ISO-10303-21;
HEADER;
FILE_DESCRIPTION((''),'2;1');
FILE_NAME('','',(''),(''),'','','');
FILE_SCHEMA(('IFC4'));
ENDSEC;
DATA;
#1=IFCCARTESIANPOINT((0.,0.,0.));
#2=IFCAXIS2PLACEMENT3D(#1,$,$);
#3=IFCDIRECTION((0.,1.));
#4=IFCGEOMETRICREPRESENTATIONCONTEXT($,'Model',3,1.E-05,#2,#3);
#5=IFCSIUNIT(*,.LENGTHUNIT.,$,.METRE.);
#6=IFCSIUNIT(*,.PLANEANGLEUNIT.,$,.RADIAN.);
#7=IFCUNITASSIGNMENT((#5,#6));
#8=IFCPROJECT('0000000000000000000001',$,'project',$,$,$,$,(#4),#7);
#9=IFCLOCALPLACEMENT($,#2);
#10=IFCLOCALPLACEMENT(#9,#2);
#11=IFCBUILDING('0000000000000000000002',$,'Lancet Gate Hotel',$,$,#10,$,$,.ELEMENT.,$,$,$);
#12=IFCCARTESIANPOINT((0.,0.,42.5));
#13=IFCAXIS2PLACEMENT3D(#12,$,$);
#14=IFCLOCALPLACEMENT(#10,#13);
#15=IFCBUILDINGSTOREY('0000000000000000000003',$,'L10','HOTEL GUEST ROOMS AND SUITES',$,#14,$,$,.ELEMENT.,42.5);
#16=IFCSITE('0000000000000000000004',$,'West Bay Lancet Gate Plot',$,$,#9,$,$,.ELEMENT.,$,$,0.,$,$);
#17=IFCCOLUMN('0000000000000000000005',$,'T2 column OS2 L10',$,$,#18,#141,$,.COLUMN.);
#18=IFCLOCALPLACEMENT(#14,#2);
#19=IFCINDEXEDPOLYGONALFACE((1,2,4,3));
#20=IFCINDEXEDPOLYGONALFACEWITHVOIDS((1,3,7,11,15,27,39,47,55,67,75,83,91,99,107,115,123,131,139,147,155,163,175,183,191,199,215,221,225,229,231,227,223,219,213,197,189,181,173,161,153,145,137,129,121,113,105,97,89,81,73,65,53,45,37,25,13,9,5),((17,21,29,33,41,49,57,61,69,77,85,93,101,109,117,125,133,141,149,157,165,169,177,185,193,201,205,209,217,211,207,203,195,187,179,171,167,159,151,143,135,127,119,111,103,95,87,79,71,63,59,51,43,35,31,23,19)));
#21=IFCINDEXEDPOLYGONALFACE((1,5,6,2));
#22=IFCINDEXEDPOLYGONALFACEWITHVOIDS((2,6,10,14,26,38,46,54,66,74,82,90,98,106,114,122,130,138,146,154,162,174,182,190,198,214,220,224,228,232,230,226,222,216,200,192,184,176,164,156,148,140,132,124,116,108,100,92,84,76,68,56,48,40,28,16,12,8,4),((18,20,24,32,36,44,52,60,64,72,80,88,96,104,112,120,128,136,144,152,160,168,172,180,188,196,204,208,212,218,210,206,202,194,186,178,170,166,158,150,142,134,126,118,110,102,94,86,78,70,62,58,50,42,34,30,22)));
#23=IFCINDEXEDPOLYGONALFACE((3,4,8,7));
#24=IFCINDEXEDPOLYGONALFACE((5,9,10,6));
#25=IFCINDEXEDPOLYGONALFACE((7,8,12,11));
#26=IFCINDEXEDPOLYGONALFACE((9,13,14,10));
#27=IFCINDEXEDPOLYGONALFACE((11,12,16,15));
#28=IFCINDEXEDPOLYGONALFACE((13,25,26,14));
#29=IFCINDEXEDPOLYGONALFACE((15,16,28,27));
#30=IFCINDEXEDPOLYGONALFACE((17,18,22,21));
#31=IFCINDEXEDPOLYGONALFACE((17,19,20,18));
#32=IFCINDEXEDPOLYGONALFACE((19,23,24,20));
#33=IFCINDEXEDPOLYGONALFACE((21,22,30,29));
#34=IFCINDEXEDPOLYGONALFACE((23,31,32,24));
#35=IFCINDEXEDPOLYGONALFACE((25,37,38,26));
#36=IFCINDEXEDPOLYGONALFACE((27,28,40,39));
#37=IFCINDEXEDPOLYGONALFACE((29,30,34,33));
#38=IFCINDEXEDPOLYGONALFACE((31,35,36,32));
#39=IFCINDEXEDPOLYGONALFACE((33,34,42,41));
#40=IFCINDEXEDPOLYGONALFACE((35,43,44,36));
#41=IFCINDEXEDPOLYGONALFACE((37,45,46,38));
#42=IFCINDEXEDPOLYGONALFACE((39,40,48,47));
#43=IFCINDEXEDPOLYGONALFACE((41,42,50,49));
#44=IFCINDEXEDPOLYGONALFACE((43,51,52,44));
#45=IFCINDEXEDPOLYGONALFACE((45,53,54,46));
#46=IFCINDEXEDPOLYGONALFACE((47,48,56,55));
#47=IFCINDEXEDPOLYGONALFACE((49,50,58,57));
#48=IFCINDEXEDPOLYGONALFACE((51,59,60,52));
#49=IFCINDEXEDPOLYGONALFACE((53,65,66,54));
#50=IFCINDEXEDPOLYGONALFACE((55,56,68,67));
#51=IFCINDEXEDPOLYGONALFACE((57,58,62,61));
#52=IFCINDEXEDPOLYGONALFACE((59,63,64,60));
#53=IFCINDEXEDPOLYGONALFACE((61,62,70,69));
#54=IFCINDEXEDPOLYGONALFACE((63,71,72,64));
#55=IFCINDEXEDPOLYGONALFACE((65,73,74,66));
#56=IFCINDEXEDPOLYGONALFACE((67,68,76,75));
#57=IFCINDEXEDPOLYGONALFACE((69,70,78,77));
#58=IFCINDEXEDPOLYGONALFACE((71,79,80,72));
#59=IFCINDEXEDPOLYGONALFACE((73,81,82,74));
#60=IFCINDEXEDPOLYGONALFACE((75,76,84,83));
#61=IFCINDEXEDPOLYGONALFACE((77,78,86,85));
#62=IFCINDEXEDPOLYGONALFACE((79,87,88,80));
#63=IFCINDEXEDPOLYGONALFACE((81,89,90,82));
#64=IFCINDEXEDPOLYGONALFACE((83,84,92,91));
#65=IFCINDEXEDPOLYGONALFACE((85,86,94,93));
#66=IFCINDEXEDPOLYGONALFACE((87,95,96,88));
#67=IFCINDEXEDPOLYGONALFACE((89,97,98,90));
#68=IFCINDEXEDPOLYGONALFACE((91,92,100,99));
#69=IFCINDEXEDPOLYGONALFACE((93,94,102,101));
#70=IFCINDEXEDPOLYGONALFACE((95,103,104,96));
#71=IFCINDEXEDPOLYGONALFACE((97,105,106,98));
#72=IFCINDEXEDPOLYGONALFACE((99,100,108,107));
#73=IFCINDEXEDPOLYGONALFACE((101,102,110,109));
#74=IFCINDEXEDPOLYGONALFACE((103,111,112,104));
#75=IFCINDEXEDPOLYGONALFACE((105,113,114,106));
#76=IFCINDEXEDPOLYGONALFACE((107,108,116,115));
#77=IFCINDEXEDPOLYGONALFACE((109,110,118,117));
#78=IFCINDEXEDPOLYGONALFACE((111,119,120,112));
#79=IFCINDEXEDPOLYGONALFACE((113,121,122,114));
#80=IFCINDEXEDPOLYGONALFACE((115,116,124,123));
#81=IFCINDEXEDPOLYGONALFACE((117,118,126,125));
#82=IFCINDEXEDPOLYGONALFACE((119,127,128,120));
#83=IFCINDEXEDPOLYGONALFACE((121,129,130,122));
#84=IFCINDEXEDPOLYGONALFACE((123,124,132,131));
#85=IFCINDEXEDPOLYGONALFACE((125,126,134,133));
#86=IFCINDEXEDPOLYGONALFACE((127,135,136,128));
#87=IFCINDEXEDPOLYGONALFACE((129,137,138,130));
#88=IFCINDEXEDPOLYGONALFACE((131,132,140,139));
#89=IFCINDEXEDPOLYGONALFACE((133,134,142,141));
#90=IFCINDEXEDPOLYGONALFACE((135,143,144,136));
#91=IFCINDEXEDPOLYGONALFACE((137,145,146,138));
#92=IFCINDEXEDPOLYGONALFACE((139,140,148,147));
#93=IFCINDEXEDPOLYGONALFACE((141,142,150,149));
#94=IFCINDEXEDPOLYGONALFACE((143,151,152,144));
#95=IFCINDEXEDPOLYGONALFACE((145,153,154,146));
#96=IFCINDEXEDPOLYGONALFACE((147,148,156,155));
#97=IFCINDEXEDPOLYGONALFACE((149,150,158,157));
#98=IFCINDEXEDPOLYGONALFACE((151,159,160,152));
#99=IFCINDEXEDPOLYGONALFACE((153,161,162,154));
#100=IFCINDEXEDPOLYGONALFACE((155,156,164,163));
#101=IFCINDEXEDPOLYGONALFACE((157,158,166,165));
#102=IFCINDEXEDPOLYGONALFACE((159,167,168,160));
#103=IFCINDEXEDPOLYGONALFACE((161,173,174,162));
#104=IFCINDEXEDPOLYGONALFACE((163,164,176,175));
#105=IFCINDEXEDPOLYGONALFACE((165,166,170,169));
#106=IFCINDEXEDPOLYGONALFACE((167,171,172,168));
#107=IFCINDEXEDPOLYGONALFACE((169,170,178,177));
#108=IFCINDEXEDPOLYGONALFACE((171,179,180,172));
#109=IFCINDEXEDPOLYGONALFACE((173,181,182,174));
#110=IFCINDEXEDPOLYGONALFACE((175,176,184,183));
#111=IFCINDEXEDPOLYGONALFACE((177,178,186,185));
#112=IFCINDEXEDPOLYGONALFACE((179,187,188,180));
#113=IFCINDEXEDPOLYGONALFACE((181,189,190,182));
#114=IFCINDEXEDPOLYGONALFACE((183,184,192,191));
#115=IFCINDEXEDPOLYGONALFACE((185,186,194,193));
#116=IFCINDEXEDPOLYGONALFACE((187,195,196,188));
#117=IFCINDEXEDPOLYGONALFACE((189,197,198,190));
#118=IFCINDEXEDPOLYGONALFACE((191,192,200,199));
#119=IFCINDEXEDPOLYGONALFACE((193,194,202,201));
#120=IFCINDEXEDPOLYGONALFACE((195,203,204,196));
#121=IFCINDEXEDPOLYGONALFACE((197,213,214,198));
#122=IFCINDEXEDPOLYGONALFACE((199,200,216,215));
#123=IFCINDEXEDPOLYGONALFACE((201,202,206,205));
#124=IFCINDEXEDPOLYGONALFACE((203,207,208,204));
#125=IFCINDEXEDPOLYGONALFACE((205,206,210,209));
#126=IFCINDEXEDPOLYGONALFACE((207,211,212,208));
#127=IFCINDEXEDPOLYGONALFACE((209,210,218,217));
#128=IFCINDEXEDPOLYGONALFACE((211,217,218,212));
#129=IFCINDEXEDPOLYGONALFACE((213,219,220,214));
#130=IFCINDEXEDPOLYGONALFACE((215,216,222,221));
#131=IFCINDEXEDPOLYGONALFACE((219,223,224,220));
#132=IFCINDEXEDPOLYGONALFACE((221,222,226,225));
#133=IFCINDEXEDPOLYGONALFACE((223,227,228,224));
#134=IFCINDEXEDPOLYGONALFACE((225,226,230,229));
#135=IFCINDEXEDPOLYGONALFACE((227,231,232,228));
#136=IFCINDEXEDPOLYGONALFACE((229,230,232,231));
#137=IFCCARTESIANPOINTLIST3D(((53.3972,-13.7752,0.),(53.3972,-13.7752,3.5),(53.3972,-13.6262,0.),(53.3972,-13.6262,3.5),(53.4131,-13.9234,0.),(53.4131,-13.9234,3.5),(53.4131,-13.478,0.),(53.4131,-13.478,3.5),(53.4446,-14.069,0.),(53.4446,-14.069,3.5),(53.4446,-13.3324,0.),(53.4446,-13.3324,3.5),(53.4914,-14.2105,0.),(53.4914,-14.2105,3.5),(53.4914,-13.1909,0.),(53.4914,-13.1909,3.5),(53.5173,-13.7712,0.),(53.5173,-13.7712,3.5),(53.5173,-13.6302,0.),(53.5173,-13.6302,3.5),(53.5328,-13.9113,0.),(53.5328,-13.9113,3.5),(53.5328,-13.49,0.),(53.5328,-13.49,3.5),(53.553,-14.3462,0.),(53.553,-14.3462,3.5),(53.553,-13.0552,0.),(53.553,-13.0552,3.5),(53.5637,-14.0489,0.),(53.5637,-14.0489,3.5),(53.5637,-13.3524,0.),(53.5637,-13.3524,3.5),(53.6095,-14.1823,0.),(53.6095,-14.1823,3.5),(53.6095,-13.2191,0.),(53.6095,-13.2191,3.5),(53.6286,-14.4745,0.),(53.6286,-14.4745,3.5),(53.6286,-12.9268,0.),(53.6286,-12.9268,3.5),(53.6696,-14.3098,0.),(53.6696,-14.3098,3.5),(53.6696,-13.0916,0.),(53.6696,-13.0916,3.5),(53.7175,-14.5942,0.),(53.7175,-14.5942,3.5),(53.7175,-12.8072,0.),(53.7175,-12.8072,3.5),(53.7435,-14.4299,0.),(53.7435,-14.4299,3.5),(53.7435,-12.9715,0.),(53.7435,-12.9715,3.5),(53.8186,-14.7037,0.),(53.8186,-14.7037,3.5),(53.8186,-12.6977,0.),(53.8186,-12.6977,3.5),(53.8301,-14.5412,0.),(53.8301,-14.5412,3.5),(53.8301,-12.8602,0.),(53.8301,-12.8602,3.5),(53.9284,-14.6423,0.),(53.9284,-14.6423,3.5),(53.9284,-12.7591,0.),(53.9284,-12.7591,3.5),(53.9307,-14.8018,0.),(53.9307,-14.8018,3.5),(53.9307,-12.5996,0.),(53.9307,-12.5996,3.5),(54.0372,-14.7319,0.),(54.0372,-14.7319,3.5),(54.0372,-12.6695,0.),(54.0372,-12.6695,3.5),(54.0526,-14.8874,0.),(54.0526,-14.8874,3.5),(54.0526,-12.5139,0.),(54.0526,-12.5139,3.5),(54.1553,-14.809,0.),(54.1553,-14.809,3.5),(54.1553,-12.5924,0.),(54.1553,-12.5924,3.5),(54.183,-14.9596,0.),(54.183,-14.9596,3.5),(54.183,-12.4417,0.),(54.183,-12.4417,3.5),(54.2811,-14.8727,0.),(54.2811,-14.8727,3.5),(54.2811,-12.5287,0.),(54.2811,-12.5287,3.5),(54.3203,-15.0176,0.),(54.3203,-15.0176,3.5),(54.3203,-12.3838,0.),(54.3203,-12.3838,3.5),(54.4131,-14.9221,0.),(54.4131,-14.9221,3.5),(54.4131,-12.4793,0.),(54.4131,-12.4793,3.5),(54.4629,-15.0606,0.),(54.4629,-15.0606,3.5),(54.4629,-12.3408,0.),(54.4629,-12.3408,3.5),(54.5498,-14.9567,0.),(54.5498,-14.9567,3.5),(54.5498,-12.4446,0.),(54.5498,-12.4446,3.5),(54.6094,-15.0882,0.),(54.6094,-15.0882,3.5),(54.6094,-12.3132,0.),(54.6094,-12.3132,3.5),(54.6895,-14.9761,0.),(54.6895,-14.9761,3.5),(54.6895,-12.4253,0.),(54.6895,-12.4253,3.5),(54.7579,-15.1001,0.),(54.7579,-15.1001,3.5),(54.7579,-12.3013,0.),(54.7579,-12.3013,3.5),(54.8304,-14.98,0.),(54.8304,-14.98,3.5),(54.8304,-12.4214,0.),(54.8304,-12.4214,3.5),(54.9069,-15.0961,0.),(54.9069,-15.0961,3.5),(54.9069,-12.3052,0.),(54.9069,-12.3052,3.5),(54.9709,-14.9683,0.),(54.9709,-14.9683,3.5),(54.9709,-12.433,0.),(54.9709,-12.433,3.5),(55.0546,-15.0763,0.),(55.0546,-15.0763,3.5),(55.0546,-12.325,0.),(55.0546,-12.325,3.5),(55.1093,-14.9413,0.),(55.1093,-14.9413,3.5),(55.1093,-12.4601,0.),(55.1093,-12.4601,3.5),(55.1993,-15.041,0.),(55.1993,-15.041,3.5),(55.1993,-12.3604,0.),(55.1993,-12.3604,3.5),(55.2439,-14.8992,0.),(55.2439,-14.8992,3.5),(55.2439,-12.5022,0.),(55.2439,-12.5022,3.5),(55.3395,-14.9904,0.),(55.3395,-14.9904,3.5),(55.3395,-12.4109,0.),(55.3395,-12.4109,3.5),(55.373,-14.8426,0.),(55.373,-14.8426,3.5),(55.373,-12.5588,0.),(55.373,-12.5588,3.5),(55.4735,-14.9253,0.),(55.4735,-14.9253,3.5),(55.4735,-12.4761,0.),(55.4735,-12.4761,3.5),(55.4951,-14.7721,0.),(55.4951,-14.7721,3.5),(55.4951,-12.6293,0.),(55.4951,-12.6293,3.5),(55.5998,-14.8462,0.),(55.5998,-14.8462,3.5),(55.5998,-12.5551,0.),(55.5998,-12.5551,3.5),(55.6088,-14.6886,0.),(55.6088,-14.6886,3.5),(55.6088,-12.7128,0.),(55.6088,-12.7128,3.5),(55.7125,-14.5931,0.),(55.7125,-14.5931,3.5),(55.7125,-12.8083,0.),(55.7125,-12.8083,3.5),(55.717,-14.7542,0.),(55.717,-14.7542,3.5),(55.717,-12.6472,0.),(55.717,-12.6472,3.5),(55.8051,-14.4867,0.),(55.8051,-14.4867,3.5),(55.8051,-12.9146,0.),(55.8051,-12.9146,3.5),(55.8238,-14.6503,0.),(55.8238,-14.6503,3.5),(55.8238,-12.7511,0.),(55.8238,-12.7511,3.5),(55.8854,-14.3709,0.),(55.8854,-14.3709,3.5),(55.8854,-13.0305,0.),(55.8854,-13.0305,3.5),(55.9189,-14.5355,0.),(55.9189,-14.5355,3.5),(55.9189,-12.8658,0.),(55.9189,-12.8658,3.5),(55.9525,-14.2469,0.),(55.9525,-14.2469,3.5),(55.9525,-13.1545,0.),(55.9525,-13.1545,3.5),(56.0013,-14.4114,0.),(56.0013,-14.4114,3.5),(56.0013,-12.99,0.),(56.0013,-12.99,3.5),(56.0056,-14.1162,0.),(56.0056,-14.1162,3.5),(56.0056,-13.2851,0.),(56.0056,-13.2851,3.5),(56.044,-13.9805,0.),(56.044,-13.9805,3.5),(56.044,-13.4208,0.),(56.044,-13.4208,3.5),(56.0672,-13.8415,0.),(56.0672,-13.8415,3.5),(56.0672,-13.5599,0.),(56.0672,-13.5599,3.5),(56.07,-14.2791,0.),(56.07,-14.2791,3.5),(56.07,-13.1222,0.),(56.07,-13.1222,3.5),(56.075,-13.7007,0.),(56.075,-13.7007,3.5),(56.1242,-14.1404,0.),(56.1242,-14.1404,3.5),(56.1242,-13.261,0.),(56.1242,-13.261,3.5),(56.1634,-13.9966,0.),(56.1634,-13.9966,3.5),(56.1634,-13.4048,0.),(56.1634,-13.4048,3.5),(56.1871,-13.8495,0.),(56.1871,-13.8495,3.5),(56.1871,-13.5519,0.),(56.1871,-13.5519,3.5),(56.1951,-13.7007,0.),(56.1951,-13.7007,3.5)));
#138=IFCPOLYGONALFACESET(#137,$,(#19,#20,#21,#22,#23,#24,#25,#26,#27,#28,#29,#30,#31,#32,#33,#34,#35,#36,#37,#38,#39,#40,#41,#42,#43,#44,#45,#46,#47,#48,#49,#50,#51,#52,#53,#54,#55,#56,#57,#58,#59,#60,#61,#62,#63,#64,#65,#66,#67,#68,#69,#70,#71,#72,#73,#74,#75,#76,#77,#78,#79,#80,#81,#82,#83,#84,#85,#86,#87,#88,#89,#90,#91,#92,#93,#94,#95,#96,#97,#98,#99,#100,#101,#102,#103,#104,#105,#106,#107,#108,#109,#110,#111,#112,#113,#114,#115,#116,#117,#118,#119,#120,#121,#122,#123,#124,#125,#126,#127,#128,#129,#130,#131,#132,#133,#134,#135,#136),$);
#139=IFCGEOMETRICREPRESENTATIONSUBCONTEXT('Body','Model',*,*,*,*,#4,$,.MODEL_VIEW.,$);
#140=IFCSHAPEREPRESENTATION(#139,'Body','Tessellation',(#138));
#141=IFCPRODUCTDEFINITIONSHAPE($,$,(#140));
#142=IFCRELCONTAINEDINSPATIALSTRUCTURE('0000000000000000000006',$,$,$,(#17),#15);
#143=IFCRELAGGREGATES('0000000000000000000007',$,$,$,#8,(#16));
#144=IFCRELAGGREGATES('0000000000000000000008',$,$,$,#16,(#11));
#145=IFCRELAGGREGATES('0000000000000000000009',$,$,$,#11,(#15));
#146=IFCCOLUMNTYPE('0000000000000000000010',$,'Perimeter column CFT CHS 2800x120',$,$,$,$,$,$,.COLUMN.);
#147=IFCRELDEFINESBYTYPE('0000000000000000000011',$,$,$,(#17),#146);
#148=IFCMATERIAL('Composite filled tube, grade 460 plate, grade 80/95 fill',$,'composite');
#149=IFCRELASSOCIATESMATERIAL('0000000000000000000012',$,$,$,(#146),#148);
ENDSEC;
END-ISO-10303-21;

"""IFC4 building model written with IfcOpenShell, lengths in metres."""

from ifc_helpers import new_model, si_unit, direction, frame, origin, origin_2d, place, context, subcontext, project, spatial, hollow_circle, extrude, material, material_profile, profile_set, type_object, element, save


model = new_model("IFC4")

# Units and contexts
model_context = context("Model", 3, precision=1e-05, world=origin(), true_north=direction((0.0, 1.0)))
body_context = subcontext(model_context, "Body", "Model", "MODEL_VIEW")
ifc_project = project(units=[si_unit("LENGTHUNIT", "METRE"), si_unit("PLANEANGLEUNIT", "RADIAN")], contexts=[model_context])

# Site, building, storey
site_placement = place(None, origin())
site = spatial("IfcSite", under=ifc_project, at=site_placement, Name="West Bay Lancet Gate Plot", CompositionType="ELEMENT", RefElevation=0.0)
building_placement = place(site_placement, origin())
building = spatial("IfcBuilding", under=site, at=building_placement, Name="Lancet Gate Hotel", CompositionType="ELEMENT")
storey_placement = place(building_placement, frame((0.0, 0.0, 42.5)))
storey = spatial("IfcBuildingStorey", under=building, at=storey_placement, Name="L10", Description="HOTEL GUEST ROOMS AND SUITES", CompositionType="ELEMENT", Elevation=42.5)

# Column
ifc_material_1 = material(Name="Composite filled tube, grade 460 plate, grade 80/95 fill", Category="composite")
ifc_material_profile_1 = material_profile(ifc_material_1, hollow_circle(Radius=1.3999, WallThickness=0.1201, at=origin_2d()), Name="CHS 2800x120")
ifc_profile_set_1 = profile_set([ifc_material_profile_1], Name="Composite filled tube, grade 460 plate, grade 80/95 fill")
column_type = type_object("IfcColumnType", Name="Perimeter column CFT CHS 2800x120", PredefinedType="COLUMN", material=ifc_profile_set_1)
for number, where, z_axis, x_axis, name in (
    (1, (54.7952, -13.7007, 0.0), (0.0, 0.0, 1.0), (1.0, 0.0, 0.0), "T2 column OS2 L10"),
):
    element("IfcColumn", number, at=place(storey_placement, frame(where, z_axis=z_axis, x_axis=x_axis)), inside=storey, type_object=column_type, Name=name, PredefinedType="COLUMN", context=body_context, shape_type="SweptSolid", body=[
        extrude(hollow_circle(Radius=1.3999, WallThickness=0.1201, at=origin_2d()), origin(), (0.0, 0.0, 1.0), 3.5),
    ])

save(model, "model.ifc")
